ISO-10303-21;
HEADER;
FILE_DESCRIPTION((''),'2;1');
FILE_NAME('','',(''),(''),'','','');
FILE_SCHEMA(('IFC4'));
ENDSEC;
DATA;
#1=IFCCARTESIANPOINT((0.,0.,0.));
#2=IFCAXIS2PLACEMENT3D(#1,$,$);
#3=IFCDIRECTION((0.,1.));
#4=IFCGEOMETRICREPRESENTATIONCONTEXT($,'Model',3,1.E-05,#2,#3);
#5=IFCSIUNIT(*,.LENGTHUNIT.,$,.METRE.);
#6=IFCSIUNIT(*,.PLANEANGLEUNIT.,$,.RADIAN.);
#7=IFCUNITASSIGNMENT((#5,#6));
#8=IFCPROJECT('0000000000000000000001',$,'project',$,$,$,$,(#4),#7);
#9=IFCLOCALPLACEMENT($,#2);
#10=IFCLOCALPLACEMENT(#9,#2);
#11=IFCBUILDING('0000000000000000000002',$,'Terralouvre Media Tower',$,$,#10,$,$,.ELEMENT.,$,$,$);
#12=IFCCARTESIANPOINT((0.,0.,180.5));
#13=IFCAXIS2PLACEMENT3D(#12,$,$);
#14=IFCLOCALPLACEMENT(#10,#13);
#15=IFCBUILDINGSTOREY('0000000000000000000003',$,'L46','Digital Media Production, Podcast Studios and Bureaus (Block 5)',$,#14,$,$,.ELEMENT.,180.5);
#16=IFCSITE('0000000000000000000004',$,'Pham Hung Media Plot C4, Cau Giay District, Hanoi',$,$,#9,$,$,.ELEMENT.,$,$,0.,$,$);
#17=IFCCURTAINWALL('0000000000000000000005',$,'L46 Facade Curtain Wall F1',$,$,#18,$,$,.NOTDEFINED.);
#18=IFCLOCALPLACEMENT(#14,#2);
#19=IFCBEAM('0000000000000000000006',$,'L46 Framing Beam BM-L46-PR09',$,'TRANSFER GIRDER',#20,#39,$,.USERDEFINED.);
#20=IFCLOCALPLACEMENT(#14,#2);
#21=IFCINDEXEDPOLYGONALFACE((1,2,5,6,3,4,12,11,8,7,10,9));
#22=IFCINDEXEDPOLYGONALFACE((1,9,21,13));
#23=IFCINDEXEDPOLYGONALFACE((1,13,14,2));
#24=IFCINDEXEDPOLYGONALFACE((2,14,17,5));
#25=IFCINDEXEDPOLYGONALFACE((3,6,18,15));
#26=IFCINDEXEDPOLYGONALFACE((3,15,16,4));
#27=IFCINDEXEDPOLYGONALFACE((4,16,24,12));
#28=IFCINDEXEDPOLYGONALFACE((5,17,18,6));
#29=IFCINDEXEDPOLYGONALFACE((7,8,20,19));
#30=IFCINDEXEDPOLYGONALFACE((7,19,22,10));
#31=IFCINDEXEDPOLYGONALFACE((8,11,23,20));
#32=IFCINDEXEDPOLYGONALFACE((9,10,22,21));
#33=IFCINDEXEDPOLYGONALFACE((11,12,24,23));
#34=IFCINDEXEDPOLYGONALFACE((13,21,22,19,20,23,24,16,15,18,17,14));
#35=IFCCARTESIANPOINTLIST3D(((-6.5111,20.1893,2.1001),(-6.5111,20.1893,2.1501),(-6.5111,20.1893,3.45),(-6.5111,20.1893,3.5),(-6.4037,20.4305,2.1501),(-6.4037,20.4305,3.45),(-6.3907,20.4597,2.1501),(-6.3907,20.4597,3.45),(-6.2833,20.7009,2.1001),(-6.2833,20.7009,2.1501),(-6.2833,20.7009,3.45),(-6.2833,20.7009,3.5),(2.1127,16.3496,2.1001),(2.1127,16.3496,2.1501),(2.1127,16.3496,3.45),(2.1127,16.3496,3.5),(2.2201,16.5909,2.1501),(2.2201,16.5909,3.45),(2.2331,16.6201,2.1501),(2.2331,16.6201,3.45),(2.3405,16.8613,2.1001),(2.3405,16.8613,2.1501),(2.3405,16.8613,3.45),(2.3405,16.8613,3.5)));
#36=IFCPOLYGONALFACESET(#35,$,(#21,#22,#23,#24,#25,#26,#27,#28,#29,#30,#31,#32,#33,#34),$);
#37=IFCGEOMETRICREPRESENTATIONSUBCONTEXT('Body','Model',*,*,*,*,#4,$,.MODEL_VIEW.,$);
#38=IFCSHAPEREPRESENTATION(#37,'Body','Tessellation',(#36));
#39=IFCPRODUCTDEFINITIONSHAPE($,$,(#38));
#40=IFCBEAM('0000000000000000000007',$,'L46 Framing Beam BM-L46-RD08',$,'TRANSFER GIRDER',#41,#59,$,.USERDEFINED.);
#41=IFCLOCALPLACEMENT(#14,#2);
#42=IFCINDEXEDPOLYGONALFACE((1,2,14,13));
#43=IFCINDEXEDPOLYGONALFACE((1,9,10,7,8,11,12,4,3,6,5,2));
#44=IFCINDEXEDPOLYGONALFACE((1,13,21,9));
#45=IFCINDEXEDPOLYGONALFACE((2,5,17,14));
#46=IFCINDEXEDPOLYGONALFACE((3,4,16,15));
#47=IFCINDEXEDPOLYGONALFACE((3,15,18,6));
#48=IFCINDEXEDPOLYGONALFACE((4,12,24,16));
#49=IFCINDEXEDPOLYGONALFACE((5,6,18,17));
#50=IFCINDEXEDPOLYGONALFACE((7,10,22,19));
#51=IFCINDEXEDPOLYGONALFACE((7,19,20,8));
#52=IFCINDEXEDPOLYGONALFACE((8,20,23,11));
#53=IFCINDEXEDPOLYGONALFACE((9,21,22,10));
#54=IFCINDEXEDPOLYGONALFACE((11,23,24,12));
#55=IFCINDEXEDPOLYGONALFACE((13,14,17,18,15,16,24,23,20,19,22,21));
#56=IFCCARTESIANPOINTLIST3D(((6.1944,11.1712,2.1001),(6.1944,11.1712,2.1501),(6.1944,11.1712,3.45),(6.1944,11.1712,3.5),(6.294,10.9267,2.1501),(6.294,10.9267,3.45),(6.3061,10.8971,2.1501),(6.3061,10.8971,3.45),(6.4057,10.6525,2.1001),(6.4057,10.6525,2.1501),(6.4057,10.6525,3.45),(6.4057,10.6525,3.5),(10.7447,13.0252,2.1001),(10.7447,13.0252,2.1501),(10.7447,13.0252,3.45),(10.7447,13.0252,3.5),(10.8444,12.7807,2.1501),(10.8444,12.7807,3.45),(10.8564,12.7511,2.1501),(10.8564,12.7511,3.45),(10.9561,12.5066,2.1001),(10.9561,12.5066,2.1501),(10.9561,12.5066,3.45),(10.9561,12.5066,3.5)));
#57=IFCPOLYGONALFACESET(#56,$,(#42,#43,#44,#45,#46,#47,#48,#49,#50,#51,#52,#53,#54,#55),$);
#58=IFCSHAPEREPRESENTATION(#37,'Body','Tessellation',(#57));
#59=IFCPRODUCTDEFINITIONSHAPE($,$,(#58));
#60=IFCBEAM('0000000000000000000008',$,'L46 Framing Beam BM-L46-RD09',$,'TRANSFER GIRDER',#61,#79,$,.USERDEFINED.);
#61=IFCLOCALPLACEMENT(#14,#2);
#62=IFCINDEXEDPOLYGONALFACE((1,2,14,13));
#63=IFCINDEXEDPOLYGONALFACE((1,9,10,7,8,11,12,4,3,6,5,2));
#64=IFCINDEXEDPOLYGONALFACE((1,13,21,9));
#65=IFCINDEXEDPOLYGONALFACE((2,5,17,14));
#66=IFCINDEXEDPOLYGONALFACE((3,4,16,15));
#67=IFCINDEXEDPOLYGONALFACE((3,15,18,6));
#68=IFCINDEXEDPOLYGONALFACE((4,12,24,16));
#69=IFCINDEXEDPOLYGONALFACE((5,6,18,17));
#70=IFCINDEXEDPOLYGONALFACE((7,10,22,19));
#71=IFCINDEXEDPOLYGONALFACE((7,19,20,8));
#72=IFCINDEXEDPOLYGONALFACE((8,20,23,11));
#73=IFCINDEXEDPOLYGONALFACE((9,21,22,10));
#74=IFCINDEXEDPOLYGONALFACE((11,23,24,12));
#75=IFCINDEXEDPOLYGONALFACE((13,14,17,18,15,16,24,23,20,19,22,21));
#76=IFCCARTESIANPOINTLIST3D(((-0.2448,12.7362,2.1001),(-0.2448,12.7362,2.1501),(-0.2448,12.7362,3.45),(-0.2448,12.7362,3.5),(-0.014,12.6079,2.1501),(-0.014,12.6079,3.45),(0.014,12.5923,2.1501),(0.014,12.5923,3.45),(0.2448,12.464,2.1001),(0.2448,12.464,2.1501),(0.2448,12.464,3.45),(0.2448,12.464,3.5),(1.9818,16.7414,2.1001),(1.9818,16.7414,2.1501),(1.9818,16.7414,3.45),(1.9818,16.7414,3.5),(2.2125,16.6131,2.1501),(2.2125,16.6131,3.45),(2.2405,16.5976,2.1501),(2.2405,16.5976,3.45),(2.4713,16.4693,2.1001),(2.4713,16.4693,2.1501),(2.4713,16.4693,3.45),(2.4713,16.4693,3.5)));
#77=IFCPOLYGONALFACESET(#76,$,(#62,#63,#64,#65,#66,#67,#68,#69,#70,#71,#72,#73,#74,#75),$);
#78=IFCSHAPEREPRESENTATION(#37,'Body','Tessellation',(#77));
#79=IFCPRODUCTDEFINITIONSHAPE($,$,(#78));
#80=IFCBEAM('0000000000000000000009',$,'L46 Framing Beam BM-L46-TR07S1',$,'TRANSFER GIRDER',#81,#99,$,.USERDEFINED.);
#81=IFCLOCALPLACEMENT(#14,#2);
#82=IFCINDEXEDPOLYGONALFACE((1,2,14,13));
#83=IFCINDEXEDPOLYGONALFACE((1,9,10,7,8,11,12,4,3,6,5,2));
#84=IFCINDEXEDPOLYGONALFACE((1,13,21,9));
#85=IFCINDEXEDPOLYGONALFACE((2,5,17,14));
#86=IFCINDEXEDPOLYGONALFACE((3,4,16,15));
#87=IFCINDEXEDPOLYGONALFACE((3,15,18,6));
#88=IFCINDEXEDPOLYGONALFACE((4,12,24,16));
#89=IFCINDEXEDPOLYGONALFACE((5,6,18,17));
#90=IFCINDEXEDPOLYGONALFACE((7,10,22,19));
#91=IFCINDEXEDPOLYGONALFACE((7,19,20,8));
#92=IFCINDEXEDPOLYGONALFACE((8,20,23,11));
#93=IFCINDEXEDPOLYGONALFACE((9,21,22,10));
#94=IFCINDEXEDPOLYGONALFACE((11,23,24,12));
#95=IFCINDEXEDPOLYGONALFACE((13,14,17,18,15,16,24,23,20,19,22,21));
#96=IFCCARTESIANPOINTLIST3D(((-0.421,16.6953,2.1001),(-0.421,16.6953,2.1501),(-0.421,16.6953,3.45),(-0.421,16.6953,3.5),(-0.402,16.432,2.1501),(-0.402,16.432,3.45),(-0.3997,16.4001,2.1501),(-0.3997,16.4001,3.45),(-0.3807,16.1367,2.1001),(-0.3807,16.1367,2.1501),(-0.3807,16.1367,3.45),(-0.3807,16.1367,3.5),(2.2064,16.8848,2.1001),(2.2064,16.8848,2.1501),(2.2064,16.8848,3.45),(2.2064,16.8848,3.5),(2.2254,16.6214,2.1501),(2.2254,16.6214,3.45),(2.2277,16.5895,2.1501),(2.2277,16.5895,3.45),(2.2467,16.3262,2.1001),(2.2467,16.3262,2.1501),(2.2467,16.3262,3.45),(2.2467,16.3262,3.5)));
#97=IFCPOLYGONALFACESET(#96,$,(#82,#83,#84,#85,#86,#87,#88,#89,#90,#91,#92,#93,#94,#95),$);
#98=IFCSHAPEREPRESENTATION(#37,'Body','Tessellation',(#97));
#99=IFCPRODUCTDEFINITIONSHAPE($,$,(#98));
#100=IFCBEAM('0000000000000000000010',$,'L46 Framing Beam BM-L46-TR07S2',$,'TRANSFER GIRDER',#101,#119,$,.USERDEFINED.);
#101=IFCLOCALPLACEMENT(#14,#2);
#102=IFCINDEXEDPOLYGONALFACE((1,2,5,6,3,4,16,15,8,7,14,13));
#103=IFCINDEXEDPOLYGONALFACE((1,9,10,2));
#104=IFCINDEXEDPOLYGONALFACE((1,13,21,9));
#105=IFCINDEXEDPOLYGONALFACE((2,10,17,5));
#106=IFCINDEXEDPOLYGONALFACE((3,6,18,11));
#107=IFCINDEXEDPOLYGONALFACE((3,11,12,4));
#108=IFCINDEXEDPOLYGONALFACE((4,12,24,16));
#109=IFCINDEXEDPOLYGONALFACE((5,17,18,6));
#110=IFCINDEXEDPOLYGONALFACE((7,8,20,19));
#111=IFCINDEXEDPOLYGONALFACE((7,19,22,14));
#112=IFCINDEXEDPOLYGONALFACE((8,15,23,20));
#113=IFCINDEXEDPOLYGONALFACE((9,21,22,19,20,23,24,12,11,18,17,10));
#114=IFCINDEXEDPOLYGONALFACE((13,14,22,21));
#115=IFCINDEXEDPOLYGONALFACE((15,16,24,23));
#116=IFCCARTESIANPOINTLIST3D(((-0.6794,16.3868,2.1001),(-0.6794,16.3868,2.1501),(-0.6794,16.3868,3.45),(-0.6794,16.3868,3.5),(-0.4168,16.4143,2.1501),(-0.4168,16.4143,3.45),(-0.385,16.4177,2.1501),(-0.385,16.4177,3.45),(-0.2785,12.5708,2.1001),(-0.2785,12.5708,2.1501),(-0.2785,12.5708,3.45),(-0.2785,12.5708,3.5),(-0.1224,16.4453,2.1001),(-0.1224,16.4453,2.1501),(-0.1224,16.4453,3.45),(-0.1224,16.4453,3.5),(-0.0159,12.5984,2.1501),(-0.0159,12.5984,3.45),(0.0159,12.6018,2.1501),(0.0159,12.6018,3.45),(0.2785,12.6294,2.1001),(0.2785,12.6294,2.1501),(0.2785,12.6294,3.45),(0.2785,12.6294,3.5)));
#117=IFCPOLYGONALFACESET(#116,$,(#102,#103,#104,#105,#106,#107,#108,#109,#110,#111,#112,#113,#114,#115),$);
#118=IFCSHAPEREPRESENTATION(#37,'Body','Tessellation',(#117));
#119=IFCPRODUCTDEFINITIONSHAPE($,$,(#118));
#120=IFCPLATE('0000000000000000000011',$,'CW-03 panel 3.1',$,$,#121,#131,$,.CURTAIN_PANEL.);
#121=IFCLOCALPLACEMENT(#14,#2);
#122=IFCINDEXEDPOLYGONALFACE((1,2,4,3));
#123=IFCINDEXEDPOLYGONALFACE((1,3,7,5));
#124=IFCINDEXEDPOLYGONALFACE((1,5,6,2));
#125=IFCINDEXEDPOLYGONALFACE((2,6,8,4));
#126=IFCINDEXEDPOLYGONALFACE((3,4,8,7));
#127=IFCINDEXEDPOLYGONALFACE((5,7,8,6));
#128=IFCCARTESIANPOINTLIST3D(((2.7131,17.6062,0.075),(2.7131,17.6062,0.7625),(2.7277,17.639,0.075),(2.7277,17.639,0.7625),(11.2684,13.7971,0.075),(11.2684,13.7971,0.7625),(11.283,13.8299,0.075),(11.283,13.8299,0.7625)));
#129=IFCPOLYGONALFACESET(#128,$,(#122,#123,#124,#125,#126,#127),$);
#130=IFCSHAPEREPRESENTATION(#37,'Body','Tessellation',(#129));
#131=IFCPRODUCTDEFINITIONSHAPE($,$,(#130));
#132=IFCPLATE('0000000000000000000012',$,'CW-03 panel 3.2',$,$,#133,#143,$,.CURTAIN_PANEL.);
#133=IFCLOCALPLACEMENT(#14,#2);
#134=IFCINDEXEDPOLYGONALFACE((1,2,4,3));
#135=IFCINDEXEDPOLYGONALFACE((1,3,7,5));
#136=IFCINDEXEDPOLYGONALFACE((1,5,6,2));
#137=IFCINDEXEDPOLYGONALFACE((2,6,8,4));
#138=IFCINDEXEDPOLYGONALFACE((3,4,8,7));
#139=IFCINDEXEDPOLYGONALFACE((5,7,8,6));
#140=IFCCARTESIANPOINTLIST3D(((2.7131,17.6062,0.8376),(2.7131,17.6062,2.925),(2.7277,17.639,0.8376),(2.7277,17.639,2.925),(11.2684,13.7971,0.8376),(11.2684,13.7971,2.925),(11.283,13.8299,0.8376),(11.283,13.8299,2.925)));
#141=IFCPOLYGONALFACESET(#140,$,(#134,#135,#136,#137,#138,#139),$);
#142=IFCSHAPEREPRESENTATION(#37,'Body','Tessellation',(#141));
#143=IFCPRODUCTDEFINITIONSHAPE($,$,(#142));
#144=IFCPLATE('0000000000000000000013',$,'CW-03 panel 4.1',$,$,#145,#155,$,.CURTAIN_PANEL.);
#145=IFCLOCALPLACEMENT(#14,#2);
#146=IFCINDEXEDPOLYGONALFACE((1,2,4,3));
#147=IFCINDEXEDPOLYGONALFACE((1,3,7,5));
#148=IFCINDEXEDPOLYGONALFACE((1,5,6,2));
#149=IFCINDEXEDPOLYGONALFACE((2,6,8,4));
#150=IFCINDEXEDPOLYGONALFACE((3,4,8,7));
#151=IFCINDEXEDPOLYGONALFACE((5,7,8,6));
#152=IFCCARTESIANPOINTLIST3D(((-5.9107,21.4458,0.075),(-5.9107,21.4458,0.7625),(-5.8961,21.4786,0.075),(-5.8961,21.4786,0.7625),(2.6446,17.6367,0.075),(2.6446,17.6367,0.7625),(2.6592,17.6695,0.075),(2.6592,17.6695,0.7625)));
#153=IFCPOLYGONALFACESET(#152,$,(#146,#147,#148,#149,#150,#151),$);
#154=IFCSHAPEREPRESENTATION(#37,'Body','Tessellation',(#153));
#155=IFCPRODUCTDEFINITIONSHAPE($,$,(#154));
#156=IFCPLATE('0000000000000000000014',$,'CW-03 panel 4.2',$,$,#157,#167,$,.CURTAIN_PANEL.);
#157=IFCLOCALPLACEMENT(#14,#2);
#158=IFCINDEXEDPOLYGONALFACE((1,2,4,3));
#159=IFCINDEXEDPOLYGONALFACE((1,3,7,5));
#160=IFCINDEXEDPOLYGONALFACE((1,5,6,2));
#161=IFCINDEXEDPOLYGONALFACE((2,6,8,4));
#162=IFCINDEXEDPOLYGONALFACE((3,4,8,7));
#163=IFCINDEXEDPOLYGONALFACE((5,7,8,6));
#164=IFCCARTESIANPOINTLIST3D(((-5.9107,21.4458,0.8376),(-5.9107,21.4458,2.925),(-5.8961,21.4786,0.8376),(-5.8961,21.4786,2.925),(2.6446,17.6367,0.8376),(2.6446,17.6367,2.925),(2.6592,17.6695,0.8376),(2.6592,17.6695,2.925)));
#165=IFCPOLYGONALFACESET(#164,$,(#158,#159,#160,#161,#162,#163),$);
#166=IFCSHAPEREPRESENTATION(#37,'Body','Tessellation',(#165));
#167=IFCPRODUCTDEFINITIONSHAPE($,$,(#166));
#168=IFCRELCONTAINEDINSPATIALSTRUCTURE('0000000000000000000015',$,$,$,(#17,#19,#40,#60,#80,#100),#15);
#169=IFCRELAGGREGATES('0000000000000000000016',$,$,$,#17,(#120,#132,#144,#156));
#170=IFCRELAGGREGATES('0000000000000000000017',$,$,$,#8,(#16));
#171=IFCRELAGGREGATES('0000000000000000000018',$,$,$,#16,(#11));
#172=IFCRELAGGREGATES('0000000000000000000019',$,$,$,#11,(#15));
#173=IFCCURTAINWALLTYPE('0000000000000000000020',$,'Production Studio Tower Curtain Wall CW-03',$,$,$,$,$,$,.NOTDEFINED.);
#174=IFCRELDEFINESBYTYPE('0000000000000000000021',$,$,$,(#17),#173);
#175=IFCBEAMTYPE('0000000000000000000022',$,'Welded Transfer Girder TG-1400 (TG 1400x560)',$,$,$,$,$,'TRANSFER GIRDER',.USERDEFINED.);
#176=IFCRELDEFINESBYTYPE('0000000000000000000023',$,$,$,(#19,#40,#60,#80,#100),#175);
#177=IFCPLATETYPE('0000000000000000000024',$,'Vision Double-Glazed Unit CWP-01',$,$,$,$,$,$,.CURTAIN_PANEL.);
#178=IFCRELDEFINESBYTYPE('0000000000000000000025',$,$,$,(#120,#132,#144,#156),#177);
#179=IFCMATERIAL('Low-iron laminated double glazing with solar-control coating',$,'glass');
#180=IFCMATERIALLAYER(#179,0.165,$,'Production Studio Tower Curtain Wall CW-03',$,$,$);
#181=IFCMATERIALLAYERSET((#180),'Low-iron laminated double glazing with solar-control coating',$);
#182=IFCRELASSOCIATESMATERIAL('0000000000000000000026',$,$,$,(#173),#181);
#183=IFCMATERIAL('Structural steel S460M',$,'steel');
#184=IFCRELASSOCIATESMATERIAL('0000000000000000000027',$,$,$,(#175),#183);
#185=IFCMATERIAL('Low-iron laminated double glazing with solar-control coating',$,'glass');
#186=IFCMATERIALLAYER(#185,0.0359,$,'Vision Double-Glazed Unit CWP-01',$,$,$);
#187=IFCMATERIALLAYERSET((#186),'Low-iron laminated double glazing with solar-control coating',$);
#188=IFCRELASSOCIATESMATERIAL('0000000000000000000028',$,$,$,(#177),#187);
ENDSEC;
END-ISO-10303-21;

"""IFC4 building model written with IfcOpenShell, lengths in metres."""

from ifc_helpers import new_model, si_unit, direction, frame, origin, origin_2d, place, context, subcontext, project, spatial, rectangle, i_section, extrude, material, layer, layer_set, material_profile, profile_set, type_object, element, aggregate, save


model = new_model("IFC4")

# Units and contexts
model_context = context("Model", 3, precision=1e-05, world=origin(), true_north=direction((0.0, 1.0)))
body_context = subcontext(model_context, "Body", "Model", "MODEL_VIEW")
ifc_project = project(units=[si_unit("LENGTHUNIT", "METRE"), si_unit("PLANEANGLEUNIT", "RADIAN")], contexts=[model_context])

# Site, building, storey
site_placement = place(None, origin())
site = spatial("IfcSite", under=ifc_project, at=site_placement, Name="Pham Hung Media Plot C4, Cau Giay District, Hanoi", CompositionType="ELEMENT", RefElevation=0.0)
building_placement = place(site_placement, origin())
building = spatial("IfcBuilding", under=site, at=building_placement, Name="Terralouvre Media Tower", CompositionType="ELEMENT")
storey_placement = place(building_placement, frame((0.0, 0.0, 180.5)))
storey = spatial("IfcBuildingStorey", under=building, at=storey_placement, Name="L46", Description="Digital Media Production, Podcast Studios and Bureaus (Block 5)", CompositionType="ELEMENT", Elevation=180.5)

# Curtain wall
ifc_material_1 = material(Name="Low-iron laminated double glazing with solar-control coating", Category="glass")
ifc_layer_1 = layer(ifc_material_1, 0.165, Name="Production Studio Tower Curtain Wall CW-03")
ifc_layer_set_1 = layer_set([ifc_layer_1], Name="Low-iron laminated double glazing with solar-control coating")
curtain_wall_type = type_object("IfcCurtainWallType", Name="Production Studio Tower Curtain Wall CW-03", PredefinedType="NOTDEFINED", material=ifc_layer_set_1)
curtain_wall_placement = place(storey_placement, origin())
curtain_wall = element("IfcCurtainWall", 1, at=curtain_wall_placement, inside=storey, type_object=curtain_wall_type, Name="L46 Facade Curtain Wall F1", PredefinedType="NOTDEFINED")

# Beams
ifc_material_2 = material(Name="Structural steel S460M", Category="steel")
ifc_material_profile_1 = material_profile(ifc_material_2, i_section(OverallWidth=0.5601, OverallDepth=1.3999, WebThickness=0.032, FlangeThickness=0.05, at=origin_2d()), Name="TG 1400x560")
ifc_profile_set_1 = profile_set([ifc_material_profile_1], Name="Structural steel S460M")
beam_type_1 = type_object("IfcBeamType", Name="Welded Transfer Girder TG-1400 (TG 1400x560)", ElementType="TRANSFER GIRDER", PredefinedType="USERDEFINED", material=ifc_profile_set_1)
beam_1_placement = place(storey_placement, frame((2.2266, 16.6055, 2.8), z_axis=(-0.913544, 0.406741, 0.0), x_axis=(-0.406741, -0.913544, 0.0)))
element("IfcBeam", 2, at=beam_1_placement, inside=storey, type_object=beam_type_1, Name="L46 Framing Beam BM-L46-PR09", ObjectType="TRANSFER GIRDER", PredefinedType="USERDEFINED", context=body_context, shape_type="SweptSolid", body=[
    extrude(i_section(OverallWidth=0.5601, OverallDepth=1.3999, WebThickness=0.032, FlangeThickness=0.05, at=origin_2d()), origin(), (0.0, 0.0, 1.0), 9.4399),
])
beam_2_placement = place(storey_placement, frame((6.3, 10.9119, 2.8), z_axis=(0.926079, 0.377328, 0.0), x_axis=(-0.377328, 0.926079, 0.0)))
element("IfcBeam", 3, at=beam_2_placement, inside=storey, type_object=beam_type_1, Name="L46 Framing Beam BM-L46-RD08", ObjectType="TRANSFER GIRDER", PredefinedType="USERDEFINED", context=body_context, shape_type="SweptSolid", body=[
    extrude(i_section(OverallWidth=0.5601, OverallDepth=1.3999, WebThickness=0.032, FlangeThickness=0.05, at=origin_2d()), origin(), (0.0, 0.0, 1.0), 4.9136),
])
beam_3_placement = place(storey_placement, frame((0.0, 12.6001, 2.8), z_axis=(0.485869, 0.874032, 0.0), x_axis=(-0.874032, 0.485869, 0.0)))
element("IfcBeam", 4, at=beam_3_placement, inside=storey, type_object=beam_type_1, Name="L46 Framing Beam BM-L46-RD09", ObjectType="TRANSFER GIRDER", PredefinedType="USERDEFINED", context=body_context, shape_type="SweptSolid", body=[
    extrude(i_section(OverallWidth=0.5601, OverallDepth=1.3999, WebThickness=0.032, FlangeThickness=0.05, at=origin_2d()), origin(), (0.0, 0.0, 1.0), 4.5825),
])
beam_4_placement = place(storey_placement, frame((-0.4009, 16.416, 2.8), z_axis=(0.99741, 0.071919, 0.0), x_axis=(-0.071919, 0.99741, 0.0)))
element("IfcBeam", 5, at=beam_4_placement, inside=storey, type_object=beam_type_1, Name="L46 Framing Beam BM-L46-TR07S1", ObjectType="TRANSFER GIRDER", PredefinedType="USERDEFINED", context=body_context, shape_type="SweptSolid", body=[
    extrude(i_section(OverallWidth=0.5601, OverallDepth=1.3999, WebThickness=0.032, FlangeThickness=0.05, at=origin_2d()), origin(), (0.0, 0.0, 1.0), 2.6343),
])
beam_5_placement = place(storey_placement, frame((-0.4009, 16.416, 2.8), z_axis=(0.104479, -0.994527, 0.0), x_axis=(0.994527, 0.104479, 0.0)))
element("IfcBeam", 6, at=beam_5_placement, inside=storey, type_object=beam_type_1, Name="L46 Framing Beam BM-L46-TR07S2", ObjectType="TRANSFER GIRDER", PredefinedType="USERDEFINED", context=body_context, shape_type="SweptSolid", body=[
    extrude(i_section(OverallWidth=0.5601, OverallDepth=1.3999, WebThickness=0.032, FlangeThickness=0.05, at=origin_2d()), origin(), (0.0, 0.0, 1.0), 3.8369),
])

# Plates
ifc_material_3 = material(Name="Low-iron laminated double glazing with solar-control coating", Category="glass")
ifc_layer_2 = layer(ifc_material_3, 0.0359, Name="Vision Double-Glazed Unit CWP-01")
ifc_layer_set_2 = layer_set([ifc_layer_2], Name="Low-iron laminated double glazing with solar-control coating")
plate_type = type_object("IfcPlateType", Name="Vision Double-Glazed Unit CWP-01", PredefinedType="CURTAIN_PANEL", material=ifc_layer_set_2)
plate_1_placement = place(storey_placement, frame((6.998, 15.718, 0.075), z_axis=(0.0, 0.0, 1.0), x_axis=(-0.913545, 0.406737, 0.0)))
plate_1 = element("IfcPlate", 7, at=plate_1_placement, type_object=plate_type, Name="CW-03 panel 3.1", PredefinedType="CURTAIN_PANEL", context=body_context, shape_type="SweptSolid", body=[
    extrude(rectangle(XDim=9.365, YDim=0.0359, at=origin_2d()), origin(), (0.0, 0.0, 1.0), 0.6875),
])
plate_2_placement = place(storey_placement, frame((6.998, 15.718, 0.8376), z_axis=(0.0, 0.0, 1.0), x_axis=(-0.913545, 0.406737, 0.0)))
plate_2 = element("IfcPlate", 8, at=plate_2_placement, type_object=plate_type, Name="CW-03 panel 3.2", PredefinedType="CURTAIN_PANEL", context=body_context, shape_type="SweptSolid", body=[
    extrude(rectangle(XDim=9.365, YDim=0.0359, at=origin_2d()), origin(), (0.0, 0.0, 1.0), 2.0874),
])
plate_3_placement = place(storey_placement, frame((-1.6257, 19.5576, 0.075), z_axis=(0.0, 0.0, 1.0), x_axis=(-0.913545, 0.406737, 0.0)))
plate_3 = element("IfcPlate", 9, at=plate_3_placement, type_object=plate_type, Name="CW-03 panel 4.1", PredefinedType="CURTAIN_PANEL", context=body_context, shape_type="SweptSolid", body=[
    extrude(rectangle(XDim=9.365, YDim=0.0359, at=origin_2d()), origin(), (0.0, 0.0, 1.0), 0.6875),
])
plate_4_placement = place(storey_placement, frame((-1.6257, 19.5576, 0.8376), z_axis=(0.0, 0.0, 1.0), x_axis=(-0.913545, 0.406737, 0.0)))
plate_4 = element("IfcPlate", 10, at=plate_4_placement, type_object=plate_type, Name="CW-03 panel 4.2", PredefinedType="CURTAIN_PANEL", context=body_context, shape_type="SweptSolid", body=[
    extrude(rectangle(XDim=9.365, YDim=0.0359, at=origin_2d()), origin(), (0.0, 0.0, 1.0), 2.0874),
])
aggregate(curtain_wall, [plate_1, plate_2, plate_3, plate_4])

save(model, "model.ifc")
